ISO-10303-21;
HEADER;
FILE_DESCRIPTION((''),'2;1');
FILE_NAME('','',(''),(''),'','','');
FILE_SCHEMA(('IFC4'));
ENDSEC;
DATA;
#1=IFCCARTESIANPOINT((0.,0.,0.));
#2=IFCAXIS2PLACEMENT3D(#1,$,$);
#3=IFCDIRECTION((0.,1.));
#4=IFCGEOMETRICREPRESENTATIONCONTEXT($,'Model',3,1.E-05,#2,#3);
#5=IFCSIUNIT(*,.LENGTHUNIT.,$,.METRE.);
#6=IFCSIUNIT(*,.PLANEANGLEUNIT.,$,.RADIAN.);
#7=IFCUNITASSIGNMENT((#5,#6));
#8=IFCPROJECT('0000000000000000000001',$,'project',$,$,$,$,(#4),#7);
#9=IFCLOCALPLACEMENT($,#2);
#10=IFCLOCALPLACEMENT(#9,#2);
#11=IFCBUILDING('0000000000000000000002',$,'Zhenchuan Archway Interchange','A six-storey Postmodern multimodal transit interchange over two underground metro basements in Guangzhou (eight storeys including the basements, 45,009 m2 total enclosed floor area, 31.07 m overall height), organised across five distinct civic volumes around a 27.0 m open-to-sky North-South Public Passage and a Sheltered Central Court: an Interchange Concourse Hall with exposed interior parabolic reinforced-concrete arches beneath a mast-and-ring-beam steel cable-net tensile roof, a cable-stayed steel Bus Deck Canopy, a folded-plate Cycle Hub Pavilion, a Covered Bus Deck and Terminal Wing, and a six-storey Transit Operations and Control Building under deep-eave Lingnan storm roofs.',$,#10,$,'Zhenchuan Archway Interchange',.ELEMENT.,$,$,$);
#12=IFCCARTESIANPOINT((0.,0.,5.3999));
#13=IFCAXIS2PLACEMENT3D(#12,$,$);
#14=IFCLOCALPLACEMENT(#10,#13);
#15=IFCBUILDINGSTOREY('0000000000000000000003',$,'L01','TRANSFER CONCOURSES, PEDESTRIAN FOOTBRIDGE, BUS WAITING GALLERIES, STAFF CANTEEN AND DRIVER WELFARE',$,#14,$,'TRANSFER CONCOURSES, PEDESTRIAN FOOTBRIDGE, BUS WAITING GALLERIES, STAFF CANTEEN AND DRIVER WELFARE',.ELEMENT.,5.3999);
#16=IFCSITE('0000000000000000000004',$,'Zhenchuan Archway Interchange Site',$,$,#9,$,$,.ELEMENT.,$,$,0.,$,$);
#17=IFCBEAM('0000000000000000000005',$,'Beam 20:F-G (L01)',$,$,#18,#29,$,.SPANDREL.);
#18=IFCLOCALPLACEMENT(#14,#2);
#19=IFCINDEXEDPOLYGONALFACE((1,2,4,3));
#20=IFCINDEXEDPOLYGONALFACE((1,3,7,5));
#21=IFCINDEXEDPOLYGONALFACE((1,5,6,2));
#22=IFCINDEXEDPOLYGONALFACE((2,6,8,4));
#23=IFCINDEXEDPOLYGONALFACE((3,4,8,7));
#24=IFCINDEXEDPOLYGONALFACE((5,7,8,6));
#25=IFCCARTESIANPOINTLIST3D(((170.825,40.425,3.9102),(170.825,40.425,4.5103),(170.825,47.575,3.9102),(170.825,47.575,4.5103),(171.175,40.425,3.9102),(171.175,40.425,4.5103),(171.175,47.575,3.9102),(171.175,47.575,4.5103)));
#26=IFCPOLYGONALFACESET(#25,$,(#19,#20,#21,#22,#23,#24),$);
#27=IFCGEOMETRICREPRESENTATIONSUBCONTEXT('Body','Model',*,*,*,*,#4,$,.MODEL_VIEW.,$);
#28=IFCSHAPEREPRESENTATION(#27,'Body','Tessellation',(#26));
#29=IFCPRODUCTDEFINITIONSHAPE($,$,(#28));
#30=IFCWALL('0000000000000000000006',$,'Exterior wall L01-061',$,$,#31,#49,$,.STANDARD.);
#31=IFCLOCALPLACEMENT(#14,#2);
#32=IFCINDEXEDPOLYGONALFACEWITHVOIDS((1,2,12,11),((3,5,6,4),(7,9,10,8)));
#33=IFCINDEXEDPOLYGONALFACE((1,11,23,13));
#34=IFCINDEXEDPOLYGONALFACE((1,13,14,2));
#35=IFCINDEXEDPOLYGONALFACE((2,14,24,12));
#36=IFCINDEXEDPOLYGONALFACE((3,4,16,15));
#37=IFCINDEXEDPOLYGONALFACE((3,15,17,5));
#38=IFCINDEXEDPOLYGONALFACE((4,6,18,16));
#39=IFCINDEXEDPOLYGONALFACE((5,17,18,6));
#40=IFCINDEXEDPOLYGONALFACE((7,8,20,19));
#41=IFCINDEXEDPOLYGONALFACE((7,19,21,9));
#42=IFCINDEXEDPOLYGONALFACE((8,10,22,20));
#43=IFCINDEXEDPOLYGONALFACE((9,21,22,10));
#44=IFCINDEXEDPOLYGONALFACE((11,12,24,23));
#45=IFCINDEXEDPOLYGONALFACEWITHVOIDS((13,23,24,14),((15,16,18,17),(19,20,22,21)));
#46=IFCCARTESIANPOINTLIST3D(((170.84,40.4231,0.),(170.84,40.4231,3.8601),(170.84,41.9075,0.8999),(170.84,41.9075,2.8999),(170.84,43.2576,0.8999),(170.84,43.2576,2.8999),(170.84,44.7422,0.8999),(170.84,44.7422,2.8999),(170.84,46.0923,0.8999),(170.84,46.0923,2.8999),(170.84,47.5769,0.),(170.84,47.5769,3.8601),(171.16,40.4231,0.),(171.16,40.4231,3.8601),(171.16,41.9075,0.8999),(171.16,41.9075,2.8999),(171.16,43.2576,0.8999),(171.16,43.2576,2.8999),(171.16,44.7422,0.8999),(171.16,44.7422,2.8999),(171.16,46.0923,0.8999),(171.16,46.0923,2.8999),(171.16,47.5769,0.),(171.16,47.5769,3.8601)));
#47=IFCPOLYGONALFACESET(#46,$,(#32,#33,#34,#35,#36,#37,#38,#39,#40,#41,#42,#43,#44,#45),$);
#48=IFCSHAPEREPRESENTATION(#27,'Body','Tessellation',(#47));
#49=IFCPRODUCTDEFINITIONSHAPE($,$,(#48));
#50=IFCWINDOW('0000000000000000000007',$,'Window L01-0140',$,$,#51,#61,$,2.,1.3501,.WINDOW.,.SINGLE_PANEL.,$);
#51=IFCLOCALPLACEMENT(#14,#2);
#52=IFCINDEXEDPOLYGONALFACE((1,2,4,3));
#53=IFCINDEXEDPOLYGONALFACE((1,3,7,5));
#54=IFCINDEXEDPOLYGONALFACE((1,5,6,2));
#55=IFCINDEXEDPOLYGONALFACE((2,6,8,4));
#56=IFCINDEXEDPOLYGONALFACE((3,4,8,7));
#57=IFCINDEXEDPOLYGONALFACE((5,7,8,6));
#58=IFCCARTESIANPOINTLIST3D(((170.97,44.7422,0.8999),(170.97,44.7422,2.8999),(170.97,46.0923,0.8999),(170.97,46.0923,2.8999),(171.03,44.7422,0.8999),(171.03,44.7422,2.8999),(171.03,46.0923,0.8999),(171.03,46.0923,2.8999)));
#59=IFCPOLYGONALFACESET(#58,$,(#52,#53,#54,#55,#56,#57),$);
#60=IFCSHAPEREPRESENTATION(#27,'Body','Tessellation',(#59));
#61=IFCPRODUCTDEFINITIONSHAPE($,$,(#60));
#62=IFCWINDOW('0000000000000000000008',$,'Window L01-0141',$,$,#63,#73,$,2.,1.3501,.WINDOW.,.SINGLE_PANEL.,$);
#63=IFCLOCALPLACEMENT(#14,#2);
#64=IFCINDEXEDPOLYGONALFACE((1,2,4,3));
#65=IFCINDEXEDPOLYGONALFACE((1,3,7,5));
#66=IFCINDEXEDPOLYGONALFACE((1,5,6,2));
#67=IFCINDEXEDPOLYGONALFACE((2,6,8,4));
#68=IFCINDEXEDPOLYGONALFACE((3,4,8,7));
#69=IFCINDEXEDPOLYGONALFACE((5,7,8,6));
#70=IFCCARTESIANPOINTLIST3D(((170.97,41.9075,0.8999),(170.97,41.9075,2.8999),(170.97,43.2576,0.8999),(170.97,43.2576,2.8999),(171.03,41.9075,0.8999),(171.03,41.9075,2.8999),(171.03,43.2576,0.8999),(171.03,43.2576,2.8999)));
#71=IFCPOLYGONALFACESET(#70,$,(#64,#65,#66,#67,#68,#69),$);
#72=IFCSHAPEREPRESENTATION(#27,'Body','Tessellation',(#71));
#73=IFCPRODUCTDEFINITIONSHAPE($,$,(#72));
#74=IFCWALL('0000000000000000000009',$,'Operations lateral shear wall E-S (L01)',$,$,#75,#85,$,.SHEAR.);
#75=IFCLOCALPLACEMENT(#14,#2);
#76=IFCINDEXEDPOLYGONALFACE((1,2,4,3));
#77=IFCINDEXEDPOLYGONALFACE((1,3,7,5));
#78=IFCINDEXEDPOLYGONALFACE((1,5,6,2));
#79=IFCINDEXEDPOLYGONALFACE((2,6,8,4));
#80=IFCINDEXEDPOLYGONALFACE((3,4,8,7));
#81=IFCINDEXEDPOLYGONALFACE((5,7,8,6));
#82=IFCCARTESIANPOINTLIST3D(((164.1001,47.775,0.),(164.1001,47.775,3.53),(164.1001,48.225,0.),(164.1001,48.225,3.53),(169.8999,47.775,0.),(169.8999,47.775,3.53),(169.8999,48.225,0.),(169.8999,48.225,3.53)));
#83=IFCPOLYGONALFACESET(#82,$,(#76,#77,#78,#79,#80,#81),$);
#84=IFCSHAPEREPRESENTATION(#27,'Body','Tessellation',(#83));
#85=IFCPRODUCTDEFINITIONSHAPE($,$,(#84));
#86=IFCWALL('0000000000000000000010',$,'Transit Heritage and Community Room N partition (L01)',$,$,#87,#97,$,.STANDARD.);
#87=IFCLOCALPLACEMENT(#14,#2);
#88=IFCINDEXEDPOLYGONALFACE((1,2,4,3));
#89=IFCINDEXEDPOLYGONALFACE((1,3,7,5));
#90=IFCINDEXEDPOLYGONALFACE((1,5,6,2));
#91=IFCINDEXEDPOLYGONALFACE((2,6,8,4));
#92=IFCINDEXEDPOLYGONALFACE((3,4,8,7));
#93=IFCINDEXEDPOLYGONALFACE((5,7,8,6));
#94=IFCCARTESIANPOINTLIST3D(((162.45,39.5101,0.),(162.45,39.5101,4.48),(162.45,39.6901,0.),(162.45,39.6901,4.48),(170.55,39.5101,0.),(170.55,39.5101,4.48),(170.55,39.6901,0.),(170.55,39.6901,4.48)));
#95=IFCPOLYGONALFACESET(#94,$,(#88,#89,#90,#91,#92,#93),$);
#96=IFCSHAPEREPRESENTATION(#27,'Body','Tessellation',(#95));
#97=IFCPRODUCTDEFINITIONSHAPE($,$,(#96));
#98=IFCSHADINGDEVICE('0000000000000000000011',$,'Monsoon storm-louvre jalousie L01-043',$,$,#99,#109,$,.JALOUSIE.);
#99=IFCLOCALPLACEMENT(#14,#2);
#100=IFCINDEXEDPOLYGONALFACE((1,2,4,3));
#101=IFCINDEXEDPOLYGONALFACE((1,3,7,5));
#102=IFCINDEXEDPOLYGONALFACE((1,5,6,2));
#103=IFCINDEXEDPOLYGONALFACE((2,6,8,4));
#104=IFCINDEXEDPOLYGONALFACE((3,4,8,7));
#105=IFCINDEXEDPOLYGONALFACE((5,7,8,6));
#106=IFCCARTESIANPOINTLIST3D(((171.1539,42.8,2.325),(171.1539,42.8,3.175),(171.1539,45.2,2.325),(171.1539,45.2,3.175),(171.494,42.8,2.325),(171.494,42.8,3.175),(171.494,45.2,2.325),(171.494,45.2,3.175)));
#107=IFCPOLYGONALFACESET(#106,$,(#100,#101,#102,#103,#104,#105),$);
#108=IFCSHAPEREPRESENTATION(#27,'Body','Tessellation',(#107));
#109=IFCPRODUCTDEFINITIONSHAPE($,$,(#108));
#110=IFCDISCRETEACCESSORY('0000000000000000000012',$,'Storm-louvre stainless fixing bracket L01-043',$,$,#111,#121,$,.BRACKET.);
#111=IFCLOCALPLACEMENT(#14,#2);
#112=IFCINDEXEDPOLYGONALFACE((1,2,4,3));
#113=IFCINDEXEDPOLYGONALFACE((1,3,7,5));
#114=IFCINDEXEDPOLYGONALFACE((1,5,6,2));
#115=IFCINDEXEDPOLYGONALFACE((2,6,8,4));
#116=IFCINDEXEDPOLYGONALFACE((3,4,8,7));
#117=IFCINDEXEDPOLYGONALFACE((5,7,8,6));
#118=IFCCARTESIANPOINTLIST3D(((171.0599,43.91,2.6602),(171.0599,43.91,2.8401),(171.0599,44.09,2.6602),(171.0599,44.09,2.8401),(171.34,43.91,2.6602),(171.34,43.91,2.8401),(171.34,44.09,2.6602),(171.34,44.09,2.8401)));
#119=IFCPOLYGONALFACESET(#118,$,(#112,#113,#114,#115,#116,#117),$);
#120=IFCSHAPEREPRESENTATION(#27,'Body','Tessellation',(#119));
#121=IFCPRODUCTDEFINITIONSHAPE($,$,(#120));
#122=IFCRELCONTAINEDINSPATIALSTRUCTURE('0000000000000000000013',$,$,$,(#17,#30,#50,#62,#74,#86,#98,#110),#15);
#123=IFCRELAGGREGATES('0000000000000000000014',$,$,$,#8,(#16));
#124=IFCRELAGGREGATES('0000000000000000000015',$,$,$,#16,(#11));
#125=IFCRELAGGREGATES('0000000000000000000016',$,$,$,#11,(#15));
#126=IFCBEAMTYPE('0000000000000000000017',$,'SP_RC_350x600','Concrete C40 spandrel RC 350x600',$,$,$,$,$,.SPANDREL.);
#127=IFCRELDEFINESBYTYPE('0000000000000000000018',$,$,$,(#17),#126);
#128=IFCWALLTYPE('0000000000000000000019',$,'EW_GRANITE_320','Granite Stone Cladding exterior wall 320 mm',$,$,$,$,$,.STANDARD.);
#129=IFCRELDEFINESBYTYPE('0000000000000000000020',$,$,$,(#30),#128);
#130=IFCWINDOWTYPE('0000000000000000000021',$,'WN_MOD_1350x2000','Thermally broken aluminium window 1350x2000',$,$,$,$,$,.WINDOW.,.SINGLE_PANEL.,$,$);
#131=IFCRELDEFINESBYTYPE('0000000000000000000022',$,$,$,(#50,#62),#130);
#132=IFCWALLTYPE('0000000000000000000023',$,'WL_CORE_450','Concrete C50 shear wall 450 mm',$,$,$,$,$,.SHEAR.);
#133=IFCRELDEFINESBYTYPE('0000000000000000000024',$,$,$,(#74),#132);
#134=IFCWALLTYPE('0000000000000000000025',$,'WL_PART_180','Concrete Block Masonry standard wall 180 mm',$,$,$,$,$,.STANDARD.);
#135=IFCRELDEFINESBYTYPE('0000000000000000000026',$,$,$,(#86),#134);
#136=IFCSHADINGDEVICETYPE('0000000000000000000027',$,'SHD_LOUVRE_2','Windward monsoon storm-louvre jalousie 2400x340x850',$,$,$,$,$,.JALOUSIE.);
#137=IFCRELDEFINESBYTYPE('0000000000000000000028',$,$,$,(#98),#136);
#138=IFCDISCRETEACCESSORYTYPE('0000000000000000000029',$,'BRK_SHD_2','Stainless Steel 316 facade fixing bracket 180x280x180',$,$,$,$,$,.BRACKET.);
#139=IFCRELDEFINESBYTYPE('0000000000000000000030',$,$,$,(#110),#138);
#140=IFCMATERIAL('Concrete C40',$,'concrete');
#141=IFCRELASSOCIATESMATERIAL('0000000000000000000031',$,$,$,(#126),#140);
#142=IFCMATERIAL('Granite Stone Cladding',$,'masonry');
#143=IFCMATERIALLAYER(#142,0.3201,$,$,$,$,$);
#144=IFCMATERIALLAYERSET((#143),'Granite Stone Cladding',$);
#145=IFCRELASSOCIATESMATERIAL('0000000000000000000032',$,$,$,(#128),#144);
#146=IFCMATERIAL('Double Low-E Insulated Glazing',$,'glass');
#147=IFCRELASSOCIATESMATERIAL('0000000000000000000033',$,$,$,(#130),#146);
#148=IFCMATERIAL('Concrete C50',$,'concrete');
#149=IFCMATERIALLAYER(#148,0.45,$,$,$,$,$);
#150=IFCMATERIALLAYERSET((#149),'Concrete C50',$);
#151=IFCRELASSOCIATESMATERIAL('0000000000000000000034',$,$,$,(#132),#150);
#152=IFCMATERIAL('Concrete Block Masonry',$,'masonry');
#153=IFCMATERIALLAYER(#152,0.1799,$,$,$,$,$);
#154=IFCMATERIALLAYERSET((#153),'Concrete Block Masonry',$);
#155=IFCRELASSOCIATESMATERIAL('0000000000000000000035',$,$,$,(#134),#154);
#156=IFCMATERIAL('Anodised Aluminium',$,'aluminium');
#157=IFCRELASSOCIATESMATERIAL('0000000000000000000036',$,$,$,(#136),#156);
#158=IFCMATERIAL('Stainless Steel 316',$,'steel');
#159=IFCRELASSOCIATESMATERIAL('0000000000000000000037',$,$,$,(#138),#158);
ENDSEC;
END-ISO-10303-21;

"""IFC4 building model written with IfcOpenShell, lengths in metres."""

from ifc_helpers import new_model, si_unit, direction, frame, frame_2d, origin, origin_2d, place, context, subcontext, project, spatial, rectangle, extrude, material, layer, layer_set, material_profile, profile_set, type_object, element, fill, save


model = new_model("IFC4")

# Units and contexts
model_context = context("Model", 3, precision=1e-05, world=origin(), true_north=direction((0.0, 1.0)))
body_context = subcontext(model_context, "Body", "Model", "MODEL_VIEW")
ifc_project = project(units=[si_unit("LENGTHUNIT", "METRE"), si_unit("PLANEANGLEUNIT", "RADIAN")], contexts=[model_context])

# Site, building, storey
site_placement = place(None, origin())
site = spatial("IfcSite", under=ifc_project, at=site_placement, Name="Zhenchuan Archway Interchange Site", CompositionType="ELEMENT", RefElevation=0.0)
building_placement = place(site_placement, origin())
building = spatial("IfcBuilding", under=site, at=building_placement, Name="Zhenchuan Archway Interchange", Description="A six-storey Postmodern multimodal transit interchange over two underground metro basements in Guangzhou (eight storeys including the basements, 45,009 m2 total enclosed floor area, 31.07 m overall height), organised across five distinct civic volumes around a 27.0 m open-to-sky North-South Public Passage and a Sheltered Central Court: an Interchange Concourse Hall with exposed interior parabolic reinforced-concrete arches beneath a mast-and-ring-beam steel cable-net tensile roof, a cable-stayed steel Bus Deck Canopy, a folded-plate Cycle Hub Pavilion, a Covered Bus Deck and Terminal Wing, and a six-storey Transit Operations and Control Building under deep-eave Lingnan storm roofs.", LongName="Zhenchuan Archway Interchange", CompositionType="ELEMENT")
storey_placement = place(building_placement, frame((0.0, 0.0, 5.3999)))
storey = spatial("IfcBuildingStorey", under=building, at=storey_placement, Name="L01", Description="TRANSFER CONCOURSES, PEDESTRIAN FOOTBRIDGE, BUS WAITING GALLERIES, STAFF CANTEEN AND DRIVER WELFARE", LongName="TRANSFER CONCOURSES, PEDESTRIAN FOOTBRIDGE, BUS WAITING GALLERIES, STAFF CANTEEN AND DRIVER WELFARE", CompositionType="ELEMENT", Elevation=5.3999)

# Shared definitions
ifc_material_1 = material(Name="Concrete C50", Category="concrete")

# Beam
ifc_material_2 = material(Name="Concrete C40", Category="concrete")
ifc_material_profile_1 = material_profile(ifc_material_2, rectangle(XDim=0.3501, YDim=0.6001, at=origin_2d()), Name="RC 350x600")
ifc_profile_set_1 = profile_set([ifc_material_profile_1], Name="Concrete C40")
beam_type_1 = type_object("IfcBeamType", Name="SP_RC_350x600", Description="Concrete C40 spandrel RC 350x600", PredefinedType="SPANDREL", material=ifc_profile_set_1)
beam_1_placement = place(storey_placement, frame((171.0, 40.425, 4.2102), z_axis=(0.0, 1.0, 0.0), x_axis=(-1.0, 0.0, 0.0)))
element("IfcBeam", 1, at=beam_1_placement, inside=storey, type_object=beam_type_1, Name="Beam 20:F-G (L01)", PredefinedType="SPANDREL", context=body_context, shape_type="SweptSolid", body=[
    extrude(rectangle(XDim=0.3501, YDim=0.6001, at=origin_2d()), origin(), (0.0, 0.0, 1.0), 7.1499),
])

# Wall, openings, windows
ifc_material_3 = material(Name="Granite Stone Cladding", Category="masonry")
ifc_layer_1 = layer(ifc_material_3, 0.3201)
ifc_layer_set_1 = layer_set([ifc_layer_1], Name="Granite Stone Cladding")
wall_type_1 = type_object("IfcWallType", Name="EW_GRANITE_320", Description="Granite Stone Cladding exterior wall 320 mm", PredefinedType="STANDARD", material=ifc_layer_set_1)
wall_1_placement = place(storey_placement, frame((171.0, 47.5769, 0.0), z_axis=(0.0, 0.0, 1.0), x_axis=(0.0, -1.0, 0.0)))
wall_1 = element("IfcWall", 2, at=wall_1_placement, inside=storey, type_object=wall_type_1, Name="Exterior wall L01-061", PredefinedType="STANDARD", context=body_context, shape_type="SweptSolid", body=[
    extrude(rectangle(XDim=7.1538, YDim=0.3201, at=frame_2d((3.5769, 0.0))), origin(), (0.0, 0.0, 1.0), 3.8601),
])
opening_1_placement = place(wall_1_placement, frame((1.4846, 0.0, 0.8999)))
opening_1 = element("IfcOpeningElement", 3, at=opening_1_placement, cuts=wall_1, PredefinedType="OPENING", context=body_context, shape_type="SweptSolid", body=[
    extrude(rectangle(XDim=1.3501, YDim=2.0, at=frame_2d((0.675, 1.0))), frame((0.0, 0.1719, 0.0), z_axis=(0.0, -1.0, 0.0), x_axis=(1.0, 0.0, 0.0)), (0.0, 0.0, 1.0), 0.344),
])
opening_2_placement = place(wall_1_placement, frame((4.3193, 0.0, 0.8999)))
opening_2 = element("IfcOpeningElement", 4, at=opening_2_placement, cuts=wall_1, PredefinedType="OPENING", context=body_context, shape_type="SweptSolid", body=[
    extrude(rectangle(XDim=1.3501, YDim=2.0, at=frame_2d((0.675, 1.0))), frame((0.0, 0.1719, 0.0), z_axis=(0.0, -1.0, 0.0), x_axis=(1.0, 0.0, 0.0)), (0.0, 0.0, 1.0), 0.344),
])
ifc_material_4 = material(Name="Double Low-E Insulated Glazing", Category="glass")
window_type = type_object("IfcWindowType", Name="WN_MOD_1350x2000", Description="Thermally broken aluminium window 1350x2000", PartitioningType="SINGLE_PANEL", PredefinedType="WINDOW", material=ifc_material_4)
window_1_placement = place(opening_1_placement, origin())
window_1 = element("IfcWindow", 5, at=window_1_placement, inside=storey, type_object=window_type, Name="Window L01-0140", OverallHeight=2.0, OverallWidth=1.3501, PartitioningType="SINGLE_PANEL", PredefinedType="WINDOW", context=body_context, shape_type="SweptSolid", body=[
    extrude(rectangle(XDim=1.3501, YDim=2.0, at=frame_2d((0.675, 1.0))), frame((0.0, 0.03, 0.0), z_axis=(0.0, -1.0, 0.0), x_axis=(1.0, 0.0, 0.0)), (0.0, 0.0, 1.0), 0.0601),
])
fill(opening_1, window_1)
window_2_placement = place(opening_2_placement, origin())
window_2 = element("IfcWindow", 6, at=window_2_placement, inside=storey, type_object=window_type, Name="Window L01-0141", OverallHeight=2.0, OverallWidth=1.3501, PartitioningType="SINGLE_PANEL", PredefinedType="WINDOW", context=body_context, shape_type="SweptSolid", body=[
    extrude(rectangle(XDim=1.3501, YDim=2.0, at=frame_2d((0.675, 1.0))), frame((0.0, 0.03, 0.0), z_axis=(0.0, -1.0, 0.0), x_axis=(1.0, 0.0, 0.0)), (0.0, 0.0, 1.0), 0.0601),
])
fill(opening_2, window_2)

# Walls
ifc_layer_2 = layer(ifc_material_1, 0.45)
ifc_layer_set_2 = layer_set([ifc_layer_2], Name="Concrete C50")
wall_type_2 = type_object("IfcWallType", Name="WL_CORE_450", Description="Concrete C50 shear wall 450 mm", PredefinedType="SHEAR", material=ifc_layer_set_2)
wall_2_placement = place(storey_placement, frame((164.1001, 48.0, 0.0), z_axis=(0.0, 0.0, 1.0), x_axis=(1.0, 0.0, 0.0)))
element("IfcWall", 7, at=wall_2_placement, inside=storey, type_object=wall_type_2, Name="Operations lateral shear wall E-S (L01)", PredefinedType="SHEAR", context=body_context, shape_type="SweptSolid", body=[
    extrude(rectangle(XDim=5.7998, YDim=0.45, at=frame_2d((2.8999, 0.0))), origin(), (0.0, 0.0, 1.0), 3.53),
])
ifc_material_5 = material(Name="Concrete Block Masonry", Category="masonry")
ifc_layer_3 = layer(ifc_material_5, 0.1799)
ifc_layer_set_3 = layer_set([ifc_layer_3], Name="Concrete Block Masonry")
wall_type_3 = type_object("IfcWallType", Name="WL_PART_180", Description="Concrete Block Masonry standard wall 180 mm", PredefinedType="STANDARD", material=ifc_layer_set_3)
wall_3_placement = place(storey_placement, frame((162.45, 39.6001, 0.0), z_axis=(0.0, 0.0, 1.0), x_axis=(1.0, 0.0, 0.0)))
element("IfcWall", 8, at=wall_3_placement, inside=storey, type_object=wall_type_3, Name="Transit Heritage and Community Room N partition (L01)", PredefinedType="STANDARD", context=body_context, shape_type="SweptSolid", body=[
    extrude(rectangle(XDim=8.1001, YDim=0.1799, at=frame_2d((4.05, 0.0))), origin(), (0.0, 0.0, 1.0), 4.48),
])

# Shared definitions
ifc_material_6 = material(Name="Stainless Steel 316", Category="steel")

# Shading device
ifc_material_7 = material(Name="Anodised Aluminium", Category="aluminium")
shading_device_type = type_object("IfcShadingDeviceType", Name="SHD_LOUVRE_2", Description="Windward monsoon storm-louvre jalousie 2400x340x850", PredefinedType="JALOUSIE", material=ifc_material_7)
shading_device_placement = place(storey_placement, frame((171.324, 44.0, 2.325), z_axis=(0.0, 0.0, 1.0), x_axis=(0.0, -1.0, 0.0)))
element("IfcShadingDevice", 9, at=shading_device_placement, inside=storey, type_object=shading_device_type, Name="Monsoon storm-louvre jalousie L01-043", PredefinedType="JALOUSIE", context=body_context, shape_type="SweptSolid", body=[
    extrude(rectangle(XDim=2.3999, YDim=0.3401, at=origin_2d()), origin(), (0.0, 0.0, 1.0), 0.8501),
])

# Discrete accessory
discrete_accessory_type = type_object("IfcDiscreteAccessoryType", Name="BRK_SHD_2", Description="Stainless Steel 316 facade fixing bracket 180x280x180", PredefinedType="BRACKET", material=ifc_material_6)
discrete_accessory_placement = place(storey_placement, frame((171.2, 44.0, 2.6602), z_axis=(0.0, 0.0, 1.0), x_axis=(0.0, -1.0, 0.0)))
element("IfcDiscreteAccessory", 10, at=discrete_accessory_placement, inside=storey, type_object=discrete_accessory_type, Name="Storm-louvre stainless fixing bracket L01-043", PredefinedType="BRACKET", context=body_context, shape_type="SweptSolid", body=[
    extrude(rectangle(XDim=0.1799, YDim=0.28, at=origin_2d()), origin(), (0.0, 0.0, 1.0), 0.1799),
])

save(model, "model.ifc")
